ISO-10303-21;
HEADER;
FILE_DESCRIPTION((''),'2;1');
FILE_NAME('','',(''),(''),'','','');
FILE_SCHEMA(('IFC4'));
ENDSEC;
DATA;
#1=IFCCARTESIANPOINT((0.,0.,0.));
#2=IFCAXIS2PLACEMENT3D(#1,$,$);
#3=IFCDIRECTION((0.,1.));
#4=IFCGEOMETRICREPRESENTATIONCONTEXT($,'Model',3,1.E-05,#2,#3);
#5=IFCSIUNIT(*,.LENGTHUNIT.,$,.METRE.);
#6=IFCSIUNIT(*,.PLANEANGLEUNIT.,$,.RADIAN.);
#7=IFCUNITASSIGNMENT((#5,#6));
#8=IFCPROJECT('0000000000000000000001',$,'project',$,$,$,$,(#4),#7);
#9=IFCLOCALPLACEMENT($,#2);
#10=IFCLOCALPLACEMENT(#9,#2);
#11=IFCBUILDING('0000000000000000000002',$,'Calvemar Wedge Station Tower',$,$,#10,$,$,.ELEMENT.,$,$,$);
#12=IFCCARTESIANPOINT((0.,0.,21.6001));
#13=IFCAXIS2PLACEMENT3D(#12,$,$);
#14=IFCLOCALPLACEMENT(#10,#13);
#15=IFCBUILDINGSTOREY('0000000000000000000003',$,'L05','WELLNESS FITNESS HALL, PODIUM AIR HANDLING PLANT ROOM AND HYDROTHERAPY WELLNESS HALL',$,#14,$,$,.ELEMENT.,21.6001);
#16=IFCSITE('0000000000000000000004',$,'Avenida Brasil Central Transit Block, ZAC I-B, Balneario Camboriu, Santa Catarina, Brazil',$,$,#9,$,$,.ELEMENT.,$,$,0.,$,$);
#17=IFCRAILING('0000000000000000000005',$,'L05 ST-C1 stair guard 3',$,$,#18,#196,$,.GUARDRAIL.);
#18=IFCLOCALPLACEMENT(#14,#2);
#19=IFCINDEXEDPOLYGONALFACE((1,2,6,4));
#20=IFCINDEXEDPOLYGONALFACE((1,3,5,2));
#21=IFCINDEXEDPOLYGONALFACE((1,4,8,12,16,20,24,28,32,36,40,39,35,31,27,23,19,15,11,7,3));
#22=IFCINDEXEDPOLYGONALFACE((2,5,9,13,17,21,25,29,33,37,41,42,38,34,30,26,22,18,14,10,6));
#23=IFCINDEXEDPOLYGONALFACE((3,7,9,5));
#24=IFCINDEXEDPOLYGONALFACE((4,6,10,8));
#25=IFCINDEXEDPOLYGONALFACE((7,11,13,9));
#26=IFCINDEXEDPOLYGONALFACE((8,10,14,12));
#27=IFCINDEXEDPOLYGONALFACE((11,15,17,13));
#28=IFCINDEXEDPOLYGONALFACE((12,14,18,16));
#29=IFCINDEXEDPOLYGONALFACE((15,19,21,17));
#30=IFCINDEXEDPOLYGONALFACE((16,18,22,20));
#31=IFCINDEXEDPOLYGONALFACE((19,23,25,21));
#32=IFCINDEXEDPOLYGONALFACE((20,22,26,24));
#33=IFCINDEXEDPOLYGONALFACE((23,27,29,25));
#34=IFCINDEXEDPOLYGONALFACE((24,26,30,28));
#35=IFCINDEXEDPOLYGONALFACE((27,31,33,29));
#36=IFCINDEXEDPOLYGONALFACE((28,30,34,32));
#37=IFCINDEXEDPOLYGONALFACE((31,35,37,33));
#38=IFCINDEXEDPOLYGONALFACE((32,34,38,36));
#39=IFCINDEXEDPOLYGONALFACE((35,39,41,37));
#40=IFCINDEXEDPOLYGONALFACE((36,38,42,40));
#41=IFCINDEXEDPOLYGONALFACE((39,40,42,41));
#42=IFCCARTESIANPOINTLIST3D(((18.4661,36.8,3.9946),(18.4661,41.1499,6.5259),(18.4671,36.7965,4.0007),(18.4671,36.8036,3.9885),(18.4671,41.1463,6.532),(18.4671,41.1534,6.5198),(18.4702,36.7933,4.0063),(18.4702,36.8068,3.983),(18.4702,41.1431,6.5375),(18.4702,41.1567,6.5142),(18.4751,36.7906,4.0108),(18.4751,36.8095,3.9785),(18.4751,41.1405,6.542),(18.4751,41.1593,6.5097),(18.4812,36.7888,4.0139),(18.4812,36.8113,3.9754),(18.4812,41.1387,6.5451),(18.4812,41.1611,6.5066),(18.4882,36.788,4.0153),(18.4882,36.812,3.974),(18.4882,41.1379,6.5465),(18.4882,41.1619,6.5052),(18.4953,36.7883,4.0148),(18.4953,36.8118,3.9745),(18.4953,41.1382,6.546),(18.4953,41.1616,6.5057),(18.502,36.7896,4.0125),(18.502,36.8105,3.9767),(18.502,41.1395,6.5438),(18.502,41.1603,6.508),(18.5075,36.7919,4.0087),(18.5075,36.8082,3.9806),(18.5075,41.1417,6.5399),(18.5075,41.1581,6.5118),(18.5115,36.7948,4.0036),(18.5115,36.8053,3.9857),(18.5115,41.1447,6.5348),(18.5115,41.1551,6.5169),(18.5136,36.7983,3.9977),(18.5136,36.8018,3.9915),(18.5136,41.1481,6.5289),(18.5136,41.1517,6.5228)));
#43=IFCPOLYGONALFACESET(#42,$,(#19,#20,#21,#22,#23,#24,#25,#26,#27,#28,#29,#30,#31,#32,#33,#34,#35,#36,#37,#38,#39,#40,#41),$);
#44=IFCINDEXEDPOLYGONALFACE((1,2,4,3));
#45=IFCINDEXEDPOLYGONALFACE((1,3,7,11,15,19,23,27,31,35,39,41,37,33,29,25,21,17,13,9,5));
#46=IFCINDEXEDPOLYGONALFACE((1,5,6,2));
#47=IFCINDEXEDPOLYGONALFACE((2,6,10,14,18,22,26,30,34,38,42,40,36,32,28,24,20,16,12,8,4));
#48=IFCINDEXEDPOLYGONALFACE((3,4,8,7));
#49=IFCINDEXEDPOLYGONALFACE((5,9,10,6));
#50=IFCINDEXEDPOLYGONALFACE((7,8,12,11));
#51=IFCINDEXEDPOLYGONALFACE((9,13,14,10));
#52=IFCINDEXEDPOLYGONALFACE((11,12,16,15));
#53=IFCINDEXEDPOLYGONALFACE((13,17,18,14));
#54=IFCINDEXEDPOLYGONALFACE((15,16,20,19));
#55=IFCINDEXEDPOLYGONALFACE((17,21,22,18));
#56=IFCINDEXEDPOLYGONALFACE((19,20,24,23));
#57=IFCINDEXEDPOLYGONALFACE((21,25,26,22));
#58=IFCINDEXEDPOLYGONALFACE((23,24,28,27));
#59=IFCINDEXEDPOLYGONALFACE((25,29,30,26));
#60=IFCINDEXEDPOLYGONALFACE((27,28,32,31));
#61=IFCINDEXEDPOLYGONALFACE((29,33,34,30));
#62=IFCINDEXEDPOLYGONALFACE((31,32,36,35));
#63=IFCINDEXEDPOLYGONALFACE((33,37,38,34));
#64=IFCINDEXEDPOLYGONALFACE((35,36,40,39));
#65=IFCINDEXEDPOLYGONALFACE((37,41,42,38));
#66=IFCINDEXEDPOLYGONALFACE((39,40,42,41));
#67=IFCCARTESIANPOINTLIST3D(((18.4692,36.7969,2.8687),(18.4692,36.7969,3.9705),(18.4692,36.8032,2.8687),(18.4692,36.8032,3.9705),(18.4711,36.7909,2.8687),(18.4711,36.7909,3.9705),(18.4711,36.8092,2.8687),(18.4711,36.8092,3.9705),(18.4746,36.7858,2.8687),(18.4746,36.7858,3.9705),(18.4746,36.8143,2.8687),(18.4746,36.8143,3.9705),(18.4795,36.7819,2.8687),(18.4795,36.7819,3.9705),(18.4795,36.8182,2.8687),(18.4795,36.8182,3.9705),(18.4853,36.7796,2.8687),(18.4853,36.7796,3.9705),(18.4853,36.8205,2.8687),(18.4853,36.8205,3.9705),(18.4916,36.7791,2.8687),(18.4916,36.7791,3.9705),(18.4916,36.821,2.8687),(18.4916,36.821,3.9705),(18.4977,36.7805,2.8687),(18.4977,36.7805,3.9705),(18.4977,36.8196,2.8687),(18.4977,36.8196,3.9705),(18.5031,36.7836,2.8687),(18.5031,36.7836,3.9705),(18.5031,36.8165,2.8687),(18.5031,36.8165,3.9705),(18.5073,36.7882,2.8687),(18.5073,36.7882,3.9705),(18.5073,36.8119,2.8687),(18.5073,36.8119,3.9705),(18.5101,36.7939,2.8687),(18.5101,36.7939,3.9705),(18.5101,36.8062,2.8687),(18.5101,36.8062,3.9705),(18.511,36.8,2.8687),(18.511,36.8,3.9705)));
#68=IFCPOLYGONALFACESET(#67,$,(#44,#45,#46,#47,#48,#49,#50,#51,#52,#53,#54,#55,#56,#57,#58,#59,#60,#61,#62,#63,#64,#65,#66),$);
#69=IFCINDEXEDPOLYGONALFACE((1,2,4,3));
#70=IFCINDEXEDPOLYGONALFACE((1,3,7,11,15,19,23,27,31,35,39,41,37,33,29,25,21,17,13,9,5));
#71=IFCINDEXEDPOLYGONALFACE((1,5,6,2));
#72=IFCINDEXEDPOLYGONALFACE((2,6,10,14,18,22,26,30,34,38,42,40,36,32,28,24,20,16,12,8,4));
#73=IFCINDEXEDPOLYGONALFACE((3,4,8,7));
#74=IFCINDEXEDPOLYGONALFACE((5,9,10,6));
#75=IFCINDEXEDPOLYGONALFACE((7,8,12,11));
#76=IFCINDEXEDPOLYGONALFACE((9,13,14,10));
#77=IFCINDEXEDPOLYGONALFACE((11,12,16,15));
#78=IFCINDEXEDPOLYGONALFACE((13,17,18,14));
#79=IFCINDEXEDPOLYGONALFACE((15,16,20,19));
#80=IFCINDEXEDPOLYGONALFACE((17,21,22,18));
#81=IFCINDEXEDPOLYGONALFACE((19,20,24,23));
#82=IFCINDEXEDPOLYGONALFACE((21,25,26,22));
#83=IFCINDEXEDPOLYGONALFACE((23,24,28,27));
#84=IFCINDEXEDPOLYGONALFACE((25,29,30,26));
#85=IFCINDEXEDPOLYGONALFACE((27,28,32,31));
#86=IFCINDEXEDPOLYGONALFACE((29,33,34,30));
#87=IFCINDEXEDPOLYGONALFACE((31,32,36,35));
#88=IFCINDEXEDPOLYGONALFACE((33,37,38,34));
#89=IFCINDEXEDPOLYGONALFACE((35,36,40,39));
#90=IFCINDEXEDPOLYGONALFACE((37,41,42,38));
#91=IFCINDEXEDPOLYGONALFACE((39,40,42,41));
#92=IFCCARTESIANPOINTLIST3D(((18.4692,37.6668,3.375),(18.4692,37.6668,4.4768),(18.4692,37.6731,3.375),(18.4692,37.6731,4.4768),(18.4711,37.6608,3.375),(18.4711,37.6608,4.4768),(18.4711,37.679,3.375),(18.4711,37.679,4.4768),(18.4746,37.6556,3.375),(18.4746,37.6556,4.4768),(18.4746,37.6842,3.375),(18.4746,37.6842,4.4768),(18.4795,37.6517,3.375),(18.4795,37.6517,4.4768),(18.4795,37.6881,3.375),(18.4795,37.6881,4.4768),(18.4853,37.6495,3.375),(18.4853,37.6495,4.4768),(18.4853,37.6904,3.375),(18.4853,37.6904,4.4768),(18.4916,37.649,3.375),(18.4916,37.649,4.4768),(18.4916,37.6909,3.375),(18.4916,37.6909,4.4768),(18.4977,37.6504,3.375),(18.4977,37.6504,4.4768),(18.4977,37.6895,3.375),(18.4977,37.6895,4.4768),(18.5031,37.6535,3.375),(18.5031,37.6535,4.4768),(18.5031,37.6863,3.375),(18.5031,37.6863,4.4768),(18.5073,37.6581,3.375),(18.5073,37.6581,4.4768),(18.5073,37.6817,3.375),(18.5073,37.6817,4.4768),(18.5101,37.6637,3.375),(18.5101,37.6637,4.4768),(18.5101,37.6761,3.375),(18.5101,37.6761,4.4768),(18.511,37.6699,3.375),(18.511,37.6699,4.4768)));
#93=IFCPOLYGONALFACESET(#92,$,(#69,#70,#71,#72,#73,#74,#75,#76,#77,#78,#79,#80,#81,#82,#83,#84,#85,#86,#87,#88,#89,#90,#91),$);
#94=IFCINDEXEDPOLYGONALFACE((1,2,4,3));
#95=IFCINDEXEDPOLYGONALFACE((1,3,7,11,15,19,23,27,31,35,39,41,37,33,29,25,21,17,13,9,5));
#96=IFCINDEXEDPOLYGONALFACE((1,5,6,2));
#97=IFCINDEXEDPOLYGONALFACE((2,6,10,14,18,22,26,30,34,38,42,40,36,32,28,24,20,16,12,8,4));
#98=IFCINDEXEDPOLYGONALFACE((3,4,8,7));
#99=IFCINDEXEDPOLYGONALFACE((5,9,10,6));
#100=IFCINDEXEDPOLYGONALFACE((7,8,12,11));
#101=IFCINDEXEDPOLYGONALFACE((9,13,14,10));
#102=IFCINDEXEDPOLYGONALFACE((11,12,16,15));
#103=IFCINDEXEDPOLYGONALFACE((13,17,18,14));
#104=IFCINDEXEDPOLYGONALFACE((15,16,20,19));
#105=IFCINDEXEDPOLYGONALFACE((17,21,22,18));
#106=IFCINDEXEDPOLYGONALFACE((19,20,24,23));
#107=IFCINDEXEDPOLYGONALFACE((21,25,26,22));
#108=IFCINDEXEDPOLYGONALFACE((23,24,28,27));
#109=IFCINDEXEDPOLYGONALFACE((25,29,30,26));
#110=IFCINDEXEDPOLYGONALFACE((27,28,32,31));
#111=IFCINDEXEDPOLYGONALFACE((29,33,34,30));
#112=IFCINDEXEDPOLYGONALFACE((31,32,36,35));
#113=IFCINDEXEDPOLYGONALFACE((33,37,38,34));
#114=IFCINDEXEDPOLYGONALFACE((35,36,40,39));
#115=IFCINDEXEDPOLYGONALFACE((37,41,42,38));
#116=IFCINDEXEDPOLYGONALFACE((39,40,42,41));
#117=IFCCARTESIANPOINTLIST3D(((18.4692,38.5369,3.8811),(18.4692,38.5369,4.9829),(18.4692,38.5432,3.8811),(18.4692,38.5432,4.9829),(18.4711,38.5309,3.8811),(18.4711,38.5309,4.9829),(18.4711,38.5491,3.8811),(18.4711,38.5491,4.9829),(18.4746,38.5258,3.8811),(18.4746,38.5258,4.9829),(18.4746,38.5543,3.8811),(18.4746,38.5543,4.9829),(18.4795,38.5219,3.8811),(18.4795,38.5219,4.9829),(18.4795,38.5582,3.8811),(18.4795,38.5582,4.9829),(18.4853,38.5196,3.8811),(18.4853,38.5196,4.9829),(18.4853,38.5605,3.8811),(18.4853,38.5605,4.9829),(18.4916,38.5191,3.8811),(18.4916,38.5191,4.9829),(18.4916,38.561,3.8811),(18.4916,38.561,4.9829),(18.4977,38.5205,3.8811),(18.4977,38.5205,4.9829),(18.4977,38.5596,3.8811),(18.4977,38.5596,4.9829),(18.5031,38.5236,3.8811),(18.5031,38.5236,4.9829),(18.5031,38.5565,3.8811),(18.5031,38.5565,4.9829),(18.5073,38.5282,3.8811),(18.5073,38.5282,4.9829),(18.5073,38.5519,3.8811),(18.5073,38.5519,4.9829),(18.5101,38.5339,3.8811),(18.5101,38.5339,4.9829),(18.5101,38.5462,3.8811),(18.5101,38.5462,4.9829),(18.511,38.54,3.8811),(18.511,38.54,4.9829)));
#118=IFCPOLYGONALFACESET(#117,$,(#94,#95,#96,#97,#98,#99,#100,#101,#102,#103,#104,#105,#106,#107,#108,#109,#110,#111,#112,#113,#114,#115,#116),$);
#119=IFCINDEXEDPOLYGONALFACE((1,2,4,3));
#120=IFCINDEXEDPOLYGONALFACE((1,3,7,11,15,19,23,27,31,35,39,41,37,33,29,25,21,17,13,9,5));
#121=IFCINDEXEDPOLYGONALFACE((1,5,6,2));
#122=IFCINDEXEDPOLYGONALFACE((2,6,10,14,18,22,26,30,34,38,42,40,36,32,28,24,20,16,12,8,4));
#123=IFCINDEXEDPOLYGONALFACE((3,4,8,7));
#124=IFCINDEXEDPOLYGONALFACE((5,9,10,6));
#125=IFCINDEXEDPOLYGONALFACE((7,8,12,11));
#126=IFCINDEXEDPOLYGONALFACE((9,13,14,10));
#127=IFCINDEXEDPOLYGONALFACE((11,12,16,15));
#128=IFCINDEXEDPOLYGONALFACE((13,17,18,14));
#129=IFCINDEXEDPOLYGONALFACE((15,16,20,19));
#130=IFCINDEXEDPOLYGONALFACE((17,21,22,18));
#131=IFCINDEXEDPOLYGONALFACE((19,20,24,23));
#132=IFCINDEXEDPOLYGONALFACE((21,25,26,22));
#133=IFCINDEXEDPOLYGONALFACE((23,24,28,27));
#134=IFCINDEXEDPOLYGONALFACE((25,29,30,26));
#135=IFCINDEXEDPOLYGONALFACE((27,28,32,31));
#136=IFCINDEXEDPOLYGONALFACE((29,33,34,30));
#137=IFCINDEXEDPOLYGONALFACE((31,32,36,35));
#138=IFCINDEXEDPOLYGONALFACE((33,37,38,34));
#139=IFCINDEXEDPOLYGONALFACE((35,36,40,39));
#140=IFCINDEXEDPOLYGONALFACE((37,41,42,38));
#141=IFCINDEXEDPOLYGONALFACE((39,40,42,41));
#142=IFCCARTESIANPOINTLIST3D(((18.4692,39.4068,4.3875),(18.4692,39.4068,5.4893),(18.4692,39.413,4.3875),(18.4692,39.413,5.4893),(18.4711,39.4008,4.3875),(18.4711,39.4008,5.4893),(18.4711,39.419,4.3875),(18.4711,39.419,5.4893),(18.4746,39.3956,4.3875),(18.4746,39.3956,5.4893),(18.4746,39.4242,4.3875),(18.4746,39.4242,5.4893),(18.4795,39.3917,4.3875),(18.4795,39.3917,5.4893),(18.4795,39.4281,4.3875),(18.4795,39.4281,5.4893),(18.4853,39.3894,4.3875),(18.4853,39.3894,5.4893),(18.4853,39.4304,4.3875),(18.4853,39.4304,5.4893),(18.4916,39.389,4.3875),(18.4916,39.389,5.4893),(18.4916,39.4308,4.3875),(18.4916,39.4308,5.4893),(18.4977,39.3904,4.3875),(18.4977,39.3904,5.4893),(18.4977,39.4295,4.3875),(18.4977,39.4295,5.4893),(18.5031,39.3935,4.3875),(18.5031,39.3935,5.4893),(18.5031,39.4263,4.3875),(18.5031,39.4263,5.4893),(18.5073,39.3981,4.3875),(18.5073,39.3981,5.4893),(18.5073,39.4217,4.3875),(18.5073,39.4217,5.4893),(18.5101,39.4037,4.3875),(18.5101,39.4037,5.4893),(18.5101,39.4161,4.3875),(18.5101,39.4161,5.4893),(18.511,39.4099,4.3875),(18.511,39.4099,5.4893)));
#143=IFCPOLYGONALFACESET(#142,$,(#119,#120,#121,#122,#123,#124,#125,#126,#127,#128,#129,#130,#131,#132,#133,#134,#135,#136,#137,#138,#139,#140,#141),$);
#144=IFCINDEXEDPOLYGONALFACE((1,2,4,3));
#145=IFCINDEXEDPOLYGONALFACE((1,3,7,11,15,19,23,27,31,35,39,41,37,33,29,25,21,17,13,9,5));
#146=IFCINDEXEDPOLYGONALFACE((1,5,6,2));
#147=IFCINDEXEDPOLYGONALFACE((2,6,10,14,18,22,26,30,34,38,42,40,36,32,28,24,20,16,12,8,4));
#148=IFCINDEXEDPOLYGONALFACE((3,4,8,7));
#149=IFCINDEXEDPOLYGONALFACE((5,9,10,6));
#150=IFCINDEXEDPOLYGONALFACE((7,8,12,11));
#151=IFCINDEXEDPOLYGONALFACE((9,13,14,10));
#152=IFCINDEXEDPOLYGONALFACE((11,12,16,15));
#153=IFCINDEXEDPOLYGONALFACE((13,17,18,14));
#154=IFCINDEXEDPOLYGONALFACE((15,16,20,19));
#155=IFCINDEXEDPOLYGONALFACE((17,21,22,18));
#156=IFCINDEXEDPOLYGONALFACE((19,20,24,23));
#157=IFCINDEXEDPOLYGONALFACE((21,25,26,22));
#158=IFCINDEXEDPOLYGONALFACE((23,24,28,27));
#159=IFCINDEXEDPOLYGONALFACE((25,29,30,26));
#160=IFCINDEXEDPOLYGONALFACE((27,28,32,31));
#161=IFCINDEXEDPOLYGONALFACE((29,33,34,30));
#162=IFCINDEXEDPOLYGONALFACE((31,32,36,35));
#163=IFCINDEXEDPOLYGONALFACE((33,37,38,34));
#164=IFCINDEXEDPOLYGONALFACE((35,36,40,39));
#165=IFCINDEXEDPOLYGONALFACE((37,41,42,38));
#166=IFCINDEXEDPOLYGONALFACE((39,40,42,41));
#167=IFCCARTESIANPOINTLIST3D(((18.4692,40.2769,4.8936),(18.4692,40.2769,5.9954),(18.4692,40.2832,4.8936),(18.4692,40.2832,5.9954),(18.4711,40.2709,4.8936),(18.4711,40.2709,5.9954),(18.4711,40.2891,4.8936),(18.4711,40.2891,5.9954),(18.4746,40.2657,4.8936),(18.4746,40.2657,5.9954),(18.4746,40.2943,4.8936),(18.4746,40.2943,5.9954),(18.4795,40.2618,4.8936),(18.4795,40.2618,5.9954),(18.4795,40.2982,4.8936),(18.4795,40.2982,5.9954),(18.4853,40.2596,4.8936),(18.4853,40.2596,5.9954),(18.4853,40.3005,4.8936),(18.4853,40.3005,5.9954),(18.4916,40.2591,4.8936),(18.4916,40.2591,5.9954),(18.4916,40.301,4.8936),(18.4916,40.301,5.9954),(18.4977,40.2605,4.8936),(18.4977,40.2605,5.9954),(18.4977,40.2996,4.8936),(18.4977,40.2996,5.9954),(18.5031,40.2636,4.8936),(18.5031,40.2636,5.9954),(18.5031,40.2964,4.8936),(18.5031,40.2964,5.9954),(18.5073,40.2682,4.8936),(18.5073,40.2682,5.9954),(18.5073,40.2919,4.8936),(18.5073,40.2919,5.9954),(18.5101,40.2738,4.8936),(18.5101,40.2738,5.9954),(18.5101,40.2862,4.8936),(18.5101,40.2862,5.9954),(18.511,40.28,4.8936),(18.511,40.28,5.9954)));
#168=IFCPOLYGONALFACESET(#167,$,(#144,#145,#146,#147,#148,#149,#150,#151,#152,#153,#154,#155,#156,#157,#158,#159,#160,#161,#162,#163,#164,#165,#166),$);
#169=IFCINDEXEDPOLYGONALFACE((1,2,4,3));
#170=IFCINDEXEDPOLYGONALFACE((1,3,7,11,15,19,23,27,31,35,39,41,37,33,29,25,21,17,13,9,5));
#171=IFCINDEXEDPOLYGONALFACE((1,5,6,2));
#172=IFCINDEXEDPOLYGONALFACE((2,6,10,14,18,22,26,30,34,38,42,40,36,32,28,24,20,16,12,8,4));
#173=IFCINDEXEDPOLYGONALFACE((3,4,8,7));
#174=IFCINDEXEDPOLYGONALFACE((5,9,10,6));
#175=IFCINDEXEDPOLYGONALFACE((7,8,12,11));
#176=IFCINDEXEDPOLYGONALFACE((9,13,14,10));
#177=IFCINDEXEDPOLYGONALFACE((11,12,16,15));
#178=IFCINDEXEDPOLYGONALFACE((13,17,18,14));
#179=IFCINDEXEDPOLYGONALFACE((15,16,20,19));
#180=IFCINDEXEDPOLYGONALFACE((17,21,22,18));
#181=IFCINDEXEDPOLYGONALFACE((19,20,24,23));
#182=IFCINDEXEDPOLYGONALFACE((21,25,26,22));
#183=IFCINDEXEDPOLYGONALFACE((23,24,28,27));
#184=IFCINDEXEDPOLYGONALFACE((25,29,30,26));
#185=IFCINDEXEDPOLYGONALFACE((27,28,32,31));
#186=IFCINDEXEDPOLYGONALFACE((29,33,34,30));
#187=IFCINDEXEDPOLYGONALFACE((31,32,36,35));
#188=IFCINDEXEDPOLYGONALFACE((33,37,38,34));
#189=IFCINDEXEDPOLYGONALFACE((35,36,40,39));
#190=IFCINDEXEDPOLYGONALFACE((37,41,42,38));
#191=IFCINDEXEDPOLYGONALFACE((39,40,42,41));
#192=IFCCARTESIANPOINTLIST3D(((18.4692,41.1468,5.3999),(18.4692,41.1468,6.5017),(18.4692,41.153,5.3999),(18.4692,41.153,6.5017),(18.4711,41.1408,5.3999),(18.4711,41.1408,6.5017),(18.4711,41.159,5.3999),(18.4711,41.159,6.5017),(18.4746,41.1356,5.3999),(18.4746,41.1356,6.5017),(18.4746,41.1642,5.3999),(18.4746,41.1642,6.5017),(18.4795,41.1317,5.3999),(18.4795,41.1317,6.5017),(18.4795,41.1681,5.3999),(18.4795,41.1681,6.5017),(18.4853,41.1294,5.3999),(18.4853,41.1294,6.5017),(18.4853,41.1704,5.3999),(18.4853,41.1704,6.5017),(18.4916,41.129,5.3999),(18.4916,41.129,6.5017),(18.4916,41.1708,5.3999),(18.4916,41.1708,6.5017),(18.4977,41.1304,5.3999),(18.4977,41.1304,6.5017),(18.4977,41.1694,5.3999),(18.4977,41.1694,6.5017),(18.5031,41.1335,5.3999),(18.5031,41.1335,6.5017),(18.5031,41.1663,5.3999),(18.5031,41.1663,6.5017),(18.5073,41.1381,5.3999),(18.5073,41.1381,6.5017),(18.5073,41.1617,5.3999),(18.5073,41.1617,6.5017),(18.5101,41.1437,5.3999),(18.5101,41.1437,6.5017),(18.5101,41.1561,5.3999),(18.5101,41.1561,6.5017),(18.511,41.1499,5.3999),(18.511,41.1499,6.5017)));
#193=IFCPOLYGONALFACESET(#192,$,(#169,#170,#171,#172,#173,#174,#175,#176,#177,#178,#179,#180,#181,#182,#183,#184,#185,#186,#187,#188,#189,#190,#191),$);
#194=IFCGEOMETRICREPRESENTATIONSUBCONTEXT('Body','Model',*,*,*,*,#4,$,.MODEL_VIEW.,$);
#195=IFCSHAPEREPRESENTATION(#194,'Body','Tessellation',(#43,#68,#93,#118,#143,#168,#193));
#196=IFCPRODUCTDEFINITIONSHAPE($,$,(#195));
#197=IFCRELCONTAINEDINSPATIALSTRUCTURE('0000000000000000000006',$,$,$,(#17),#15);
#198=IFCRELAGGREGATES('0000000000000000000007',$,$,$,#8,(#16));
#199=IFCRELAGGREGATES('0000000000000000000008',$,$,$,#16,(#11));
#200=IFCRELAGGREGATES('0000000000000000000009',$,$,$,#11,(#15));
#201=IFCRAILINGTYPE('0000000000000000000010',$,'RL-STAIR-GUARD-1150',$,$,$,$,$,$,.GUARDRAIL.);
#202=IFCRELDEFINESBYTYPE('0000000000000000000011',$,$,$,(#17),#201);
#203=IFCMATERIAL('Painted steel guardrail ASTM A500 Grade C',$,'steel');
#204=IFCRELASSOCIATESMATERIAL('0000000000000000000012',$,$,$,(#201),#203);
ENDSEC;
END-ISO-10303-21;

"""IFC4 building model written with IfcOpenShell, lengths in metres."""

from ifc_helpers import new_model, si_unit, direction, frame, origin, origin_2d, place, context, subcontext, project, spatial, circle, extrude, material, type_object, element, save


model = new_model("IFC4")

# Units and contexts
model_context = context("Model", 3, precision=1e-05, world=origin(), true_north=direction((0.0, 1.0)))
body_context = subcontext(model_context, "Body", "Model", "MODEL_VIEW")
ifc_project = project(units=[si_unit("LENGTHUNIT", "METRE"), si_unit("PLANEANGLEUNIT", "RADIAN")], contexts=[model_context])

# Site, building, storey
site_placement = place(None, origin())
site = spatial("IfcSite", under=ifc_project, at=site_placement, Name="Avenida Brasil Central Transit Block, ZAC I-B, Balneario Camboriu, Santa Catarina, Brazil", CompositionType="ELEMENT", RefElevation=0.0)
building_placement = place(site_placement, origin())
building = spatial("IfcBuilding", under=site, at=building_placement, Name="Calvemar Wedge Station Tower", CompositionType="ELEMENT")
storey_placement = place(building_placement, frame((0.0, 0.0, 21.6001)))
storey = spatial("IfcBuildingStorey", under=building, at=storey_placement, Name="L05", Description="WELLNESS FITNESS HALL, PODIUM AIR HANDLING PLANT ROOM AND HYDROTHERAPY WELLNESS HALL", CompositionType="ELEMENT", Elevation=21.6001)

# Railing
ifc_material_1 = material(Name="Painted steel guardrail ASTM A500 Grade C", Category="steel")
railing_type_1 = type_object("IfcRailingType", Name="RL-STAIR-GUARD-1150", PredefinedType="GUARDRAIL", material=ifc_material_1)
railing_1_placement = place(storey_placement, frame((18.49, 36.8, 2.8687)))
element("IfcRailing", 1, at=railing_1_placement, inside=storey, type_object=railing_type_1, Name="L05 ST-C1 stair guard 3", PredefinedType="GUARDRAIL", context=body_context, shape_type="SweptSolid", body=[
    extrude(circle(Radius=0.0239, at=origin_2d()), frame((0.0, 0.0, 1.126), z_axis=(0.0, 0.864312, 0.502957), x_axis=(-1.0, 0.0, 0.0)), (0.0, 0.0, 1.0), 5.0327),
    extrude(circle(Radius=0.021, at=origin_2d()), origin(), (0.0, 0.0, 1.0), 1.1018),
    extrude(circle(Radius=0.021, at=origin_2d()), frame((0.0, 0.8699, 0.5063)), (0.0, 0.0, 1.0), 1.1018),
    extrude(circle(Radius=0.021, at=origin_2d()), frame((0.0, 1.74, 1.0125)), (0.0, 0.0, 1.0), 1.1018),
    extrude(circle(Radius=0.021, at=origin_2d()), frame((0.0, 2.6099, 1.5188)), (0.0, 0.0, 1.0), 1.1018),
    extrude(circle(Radius=0.021, at=origin_2d()), frame((0.0, 3.48, 2.0249)), (0.0, 0.0, 1.0), 1.1018),
    extrude(circle(Radius=0.021, at=origin_2d()), frame((0.0, 4.3499, 2.5312)), (0.0, 0.0, 1.0), 1.1018),
])

save(model, "model.ifc")
